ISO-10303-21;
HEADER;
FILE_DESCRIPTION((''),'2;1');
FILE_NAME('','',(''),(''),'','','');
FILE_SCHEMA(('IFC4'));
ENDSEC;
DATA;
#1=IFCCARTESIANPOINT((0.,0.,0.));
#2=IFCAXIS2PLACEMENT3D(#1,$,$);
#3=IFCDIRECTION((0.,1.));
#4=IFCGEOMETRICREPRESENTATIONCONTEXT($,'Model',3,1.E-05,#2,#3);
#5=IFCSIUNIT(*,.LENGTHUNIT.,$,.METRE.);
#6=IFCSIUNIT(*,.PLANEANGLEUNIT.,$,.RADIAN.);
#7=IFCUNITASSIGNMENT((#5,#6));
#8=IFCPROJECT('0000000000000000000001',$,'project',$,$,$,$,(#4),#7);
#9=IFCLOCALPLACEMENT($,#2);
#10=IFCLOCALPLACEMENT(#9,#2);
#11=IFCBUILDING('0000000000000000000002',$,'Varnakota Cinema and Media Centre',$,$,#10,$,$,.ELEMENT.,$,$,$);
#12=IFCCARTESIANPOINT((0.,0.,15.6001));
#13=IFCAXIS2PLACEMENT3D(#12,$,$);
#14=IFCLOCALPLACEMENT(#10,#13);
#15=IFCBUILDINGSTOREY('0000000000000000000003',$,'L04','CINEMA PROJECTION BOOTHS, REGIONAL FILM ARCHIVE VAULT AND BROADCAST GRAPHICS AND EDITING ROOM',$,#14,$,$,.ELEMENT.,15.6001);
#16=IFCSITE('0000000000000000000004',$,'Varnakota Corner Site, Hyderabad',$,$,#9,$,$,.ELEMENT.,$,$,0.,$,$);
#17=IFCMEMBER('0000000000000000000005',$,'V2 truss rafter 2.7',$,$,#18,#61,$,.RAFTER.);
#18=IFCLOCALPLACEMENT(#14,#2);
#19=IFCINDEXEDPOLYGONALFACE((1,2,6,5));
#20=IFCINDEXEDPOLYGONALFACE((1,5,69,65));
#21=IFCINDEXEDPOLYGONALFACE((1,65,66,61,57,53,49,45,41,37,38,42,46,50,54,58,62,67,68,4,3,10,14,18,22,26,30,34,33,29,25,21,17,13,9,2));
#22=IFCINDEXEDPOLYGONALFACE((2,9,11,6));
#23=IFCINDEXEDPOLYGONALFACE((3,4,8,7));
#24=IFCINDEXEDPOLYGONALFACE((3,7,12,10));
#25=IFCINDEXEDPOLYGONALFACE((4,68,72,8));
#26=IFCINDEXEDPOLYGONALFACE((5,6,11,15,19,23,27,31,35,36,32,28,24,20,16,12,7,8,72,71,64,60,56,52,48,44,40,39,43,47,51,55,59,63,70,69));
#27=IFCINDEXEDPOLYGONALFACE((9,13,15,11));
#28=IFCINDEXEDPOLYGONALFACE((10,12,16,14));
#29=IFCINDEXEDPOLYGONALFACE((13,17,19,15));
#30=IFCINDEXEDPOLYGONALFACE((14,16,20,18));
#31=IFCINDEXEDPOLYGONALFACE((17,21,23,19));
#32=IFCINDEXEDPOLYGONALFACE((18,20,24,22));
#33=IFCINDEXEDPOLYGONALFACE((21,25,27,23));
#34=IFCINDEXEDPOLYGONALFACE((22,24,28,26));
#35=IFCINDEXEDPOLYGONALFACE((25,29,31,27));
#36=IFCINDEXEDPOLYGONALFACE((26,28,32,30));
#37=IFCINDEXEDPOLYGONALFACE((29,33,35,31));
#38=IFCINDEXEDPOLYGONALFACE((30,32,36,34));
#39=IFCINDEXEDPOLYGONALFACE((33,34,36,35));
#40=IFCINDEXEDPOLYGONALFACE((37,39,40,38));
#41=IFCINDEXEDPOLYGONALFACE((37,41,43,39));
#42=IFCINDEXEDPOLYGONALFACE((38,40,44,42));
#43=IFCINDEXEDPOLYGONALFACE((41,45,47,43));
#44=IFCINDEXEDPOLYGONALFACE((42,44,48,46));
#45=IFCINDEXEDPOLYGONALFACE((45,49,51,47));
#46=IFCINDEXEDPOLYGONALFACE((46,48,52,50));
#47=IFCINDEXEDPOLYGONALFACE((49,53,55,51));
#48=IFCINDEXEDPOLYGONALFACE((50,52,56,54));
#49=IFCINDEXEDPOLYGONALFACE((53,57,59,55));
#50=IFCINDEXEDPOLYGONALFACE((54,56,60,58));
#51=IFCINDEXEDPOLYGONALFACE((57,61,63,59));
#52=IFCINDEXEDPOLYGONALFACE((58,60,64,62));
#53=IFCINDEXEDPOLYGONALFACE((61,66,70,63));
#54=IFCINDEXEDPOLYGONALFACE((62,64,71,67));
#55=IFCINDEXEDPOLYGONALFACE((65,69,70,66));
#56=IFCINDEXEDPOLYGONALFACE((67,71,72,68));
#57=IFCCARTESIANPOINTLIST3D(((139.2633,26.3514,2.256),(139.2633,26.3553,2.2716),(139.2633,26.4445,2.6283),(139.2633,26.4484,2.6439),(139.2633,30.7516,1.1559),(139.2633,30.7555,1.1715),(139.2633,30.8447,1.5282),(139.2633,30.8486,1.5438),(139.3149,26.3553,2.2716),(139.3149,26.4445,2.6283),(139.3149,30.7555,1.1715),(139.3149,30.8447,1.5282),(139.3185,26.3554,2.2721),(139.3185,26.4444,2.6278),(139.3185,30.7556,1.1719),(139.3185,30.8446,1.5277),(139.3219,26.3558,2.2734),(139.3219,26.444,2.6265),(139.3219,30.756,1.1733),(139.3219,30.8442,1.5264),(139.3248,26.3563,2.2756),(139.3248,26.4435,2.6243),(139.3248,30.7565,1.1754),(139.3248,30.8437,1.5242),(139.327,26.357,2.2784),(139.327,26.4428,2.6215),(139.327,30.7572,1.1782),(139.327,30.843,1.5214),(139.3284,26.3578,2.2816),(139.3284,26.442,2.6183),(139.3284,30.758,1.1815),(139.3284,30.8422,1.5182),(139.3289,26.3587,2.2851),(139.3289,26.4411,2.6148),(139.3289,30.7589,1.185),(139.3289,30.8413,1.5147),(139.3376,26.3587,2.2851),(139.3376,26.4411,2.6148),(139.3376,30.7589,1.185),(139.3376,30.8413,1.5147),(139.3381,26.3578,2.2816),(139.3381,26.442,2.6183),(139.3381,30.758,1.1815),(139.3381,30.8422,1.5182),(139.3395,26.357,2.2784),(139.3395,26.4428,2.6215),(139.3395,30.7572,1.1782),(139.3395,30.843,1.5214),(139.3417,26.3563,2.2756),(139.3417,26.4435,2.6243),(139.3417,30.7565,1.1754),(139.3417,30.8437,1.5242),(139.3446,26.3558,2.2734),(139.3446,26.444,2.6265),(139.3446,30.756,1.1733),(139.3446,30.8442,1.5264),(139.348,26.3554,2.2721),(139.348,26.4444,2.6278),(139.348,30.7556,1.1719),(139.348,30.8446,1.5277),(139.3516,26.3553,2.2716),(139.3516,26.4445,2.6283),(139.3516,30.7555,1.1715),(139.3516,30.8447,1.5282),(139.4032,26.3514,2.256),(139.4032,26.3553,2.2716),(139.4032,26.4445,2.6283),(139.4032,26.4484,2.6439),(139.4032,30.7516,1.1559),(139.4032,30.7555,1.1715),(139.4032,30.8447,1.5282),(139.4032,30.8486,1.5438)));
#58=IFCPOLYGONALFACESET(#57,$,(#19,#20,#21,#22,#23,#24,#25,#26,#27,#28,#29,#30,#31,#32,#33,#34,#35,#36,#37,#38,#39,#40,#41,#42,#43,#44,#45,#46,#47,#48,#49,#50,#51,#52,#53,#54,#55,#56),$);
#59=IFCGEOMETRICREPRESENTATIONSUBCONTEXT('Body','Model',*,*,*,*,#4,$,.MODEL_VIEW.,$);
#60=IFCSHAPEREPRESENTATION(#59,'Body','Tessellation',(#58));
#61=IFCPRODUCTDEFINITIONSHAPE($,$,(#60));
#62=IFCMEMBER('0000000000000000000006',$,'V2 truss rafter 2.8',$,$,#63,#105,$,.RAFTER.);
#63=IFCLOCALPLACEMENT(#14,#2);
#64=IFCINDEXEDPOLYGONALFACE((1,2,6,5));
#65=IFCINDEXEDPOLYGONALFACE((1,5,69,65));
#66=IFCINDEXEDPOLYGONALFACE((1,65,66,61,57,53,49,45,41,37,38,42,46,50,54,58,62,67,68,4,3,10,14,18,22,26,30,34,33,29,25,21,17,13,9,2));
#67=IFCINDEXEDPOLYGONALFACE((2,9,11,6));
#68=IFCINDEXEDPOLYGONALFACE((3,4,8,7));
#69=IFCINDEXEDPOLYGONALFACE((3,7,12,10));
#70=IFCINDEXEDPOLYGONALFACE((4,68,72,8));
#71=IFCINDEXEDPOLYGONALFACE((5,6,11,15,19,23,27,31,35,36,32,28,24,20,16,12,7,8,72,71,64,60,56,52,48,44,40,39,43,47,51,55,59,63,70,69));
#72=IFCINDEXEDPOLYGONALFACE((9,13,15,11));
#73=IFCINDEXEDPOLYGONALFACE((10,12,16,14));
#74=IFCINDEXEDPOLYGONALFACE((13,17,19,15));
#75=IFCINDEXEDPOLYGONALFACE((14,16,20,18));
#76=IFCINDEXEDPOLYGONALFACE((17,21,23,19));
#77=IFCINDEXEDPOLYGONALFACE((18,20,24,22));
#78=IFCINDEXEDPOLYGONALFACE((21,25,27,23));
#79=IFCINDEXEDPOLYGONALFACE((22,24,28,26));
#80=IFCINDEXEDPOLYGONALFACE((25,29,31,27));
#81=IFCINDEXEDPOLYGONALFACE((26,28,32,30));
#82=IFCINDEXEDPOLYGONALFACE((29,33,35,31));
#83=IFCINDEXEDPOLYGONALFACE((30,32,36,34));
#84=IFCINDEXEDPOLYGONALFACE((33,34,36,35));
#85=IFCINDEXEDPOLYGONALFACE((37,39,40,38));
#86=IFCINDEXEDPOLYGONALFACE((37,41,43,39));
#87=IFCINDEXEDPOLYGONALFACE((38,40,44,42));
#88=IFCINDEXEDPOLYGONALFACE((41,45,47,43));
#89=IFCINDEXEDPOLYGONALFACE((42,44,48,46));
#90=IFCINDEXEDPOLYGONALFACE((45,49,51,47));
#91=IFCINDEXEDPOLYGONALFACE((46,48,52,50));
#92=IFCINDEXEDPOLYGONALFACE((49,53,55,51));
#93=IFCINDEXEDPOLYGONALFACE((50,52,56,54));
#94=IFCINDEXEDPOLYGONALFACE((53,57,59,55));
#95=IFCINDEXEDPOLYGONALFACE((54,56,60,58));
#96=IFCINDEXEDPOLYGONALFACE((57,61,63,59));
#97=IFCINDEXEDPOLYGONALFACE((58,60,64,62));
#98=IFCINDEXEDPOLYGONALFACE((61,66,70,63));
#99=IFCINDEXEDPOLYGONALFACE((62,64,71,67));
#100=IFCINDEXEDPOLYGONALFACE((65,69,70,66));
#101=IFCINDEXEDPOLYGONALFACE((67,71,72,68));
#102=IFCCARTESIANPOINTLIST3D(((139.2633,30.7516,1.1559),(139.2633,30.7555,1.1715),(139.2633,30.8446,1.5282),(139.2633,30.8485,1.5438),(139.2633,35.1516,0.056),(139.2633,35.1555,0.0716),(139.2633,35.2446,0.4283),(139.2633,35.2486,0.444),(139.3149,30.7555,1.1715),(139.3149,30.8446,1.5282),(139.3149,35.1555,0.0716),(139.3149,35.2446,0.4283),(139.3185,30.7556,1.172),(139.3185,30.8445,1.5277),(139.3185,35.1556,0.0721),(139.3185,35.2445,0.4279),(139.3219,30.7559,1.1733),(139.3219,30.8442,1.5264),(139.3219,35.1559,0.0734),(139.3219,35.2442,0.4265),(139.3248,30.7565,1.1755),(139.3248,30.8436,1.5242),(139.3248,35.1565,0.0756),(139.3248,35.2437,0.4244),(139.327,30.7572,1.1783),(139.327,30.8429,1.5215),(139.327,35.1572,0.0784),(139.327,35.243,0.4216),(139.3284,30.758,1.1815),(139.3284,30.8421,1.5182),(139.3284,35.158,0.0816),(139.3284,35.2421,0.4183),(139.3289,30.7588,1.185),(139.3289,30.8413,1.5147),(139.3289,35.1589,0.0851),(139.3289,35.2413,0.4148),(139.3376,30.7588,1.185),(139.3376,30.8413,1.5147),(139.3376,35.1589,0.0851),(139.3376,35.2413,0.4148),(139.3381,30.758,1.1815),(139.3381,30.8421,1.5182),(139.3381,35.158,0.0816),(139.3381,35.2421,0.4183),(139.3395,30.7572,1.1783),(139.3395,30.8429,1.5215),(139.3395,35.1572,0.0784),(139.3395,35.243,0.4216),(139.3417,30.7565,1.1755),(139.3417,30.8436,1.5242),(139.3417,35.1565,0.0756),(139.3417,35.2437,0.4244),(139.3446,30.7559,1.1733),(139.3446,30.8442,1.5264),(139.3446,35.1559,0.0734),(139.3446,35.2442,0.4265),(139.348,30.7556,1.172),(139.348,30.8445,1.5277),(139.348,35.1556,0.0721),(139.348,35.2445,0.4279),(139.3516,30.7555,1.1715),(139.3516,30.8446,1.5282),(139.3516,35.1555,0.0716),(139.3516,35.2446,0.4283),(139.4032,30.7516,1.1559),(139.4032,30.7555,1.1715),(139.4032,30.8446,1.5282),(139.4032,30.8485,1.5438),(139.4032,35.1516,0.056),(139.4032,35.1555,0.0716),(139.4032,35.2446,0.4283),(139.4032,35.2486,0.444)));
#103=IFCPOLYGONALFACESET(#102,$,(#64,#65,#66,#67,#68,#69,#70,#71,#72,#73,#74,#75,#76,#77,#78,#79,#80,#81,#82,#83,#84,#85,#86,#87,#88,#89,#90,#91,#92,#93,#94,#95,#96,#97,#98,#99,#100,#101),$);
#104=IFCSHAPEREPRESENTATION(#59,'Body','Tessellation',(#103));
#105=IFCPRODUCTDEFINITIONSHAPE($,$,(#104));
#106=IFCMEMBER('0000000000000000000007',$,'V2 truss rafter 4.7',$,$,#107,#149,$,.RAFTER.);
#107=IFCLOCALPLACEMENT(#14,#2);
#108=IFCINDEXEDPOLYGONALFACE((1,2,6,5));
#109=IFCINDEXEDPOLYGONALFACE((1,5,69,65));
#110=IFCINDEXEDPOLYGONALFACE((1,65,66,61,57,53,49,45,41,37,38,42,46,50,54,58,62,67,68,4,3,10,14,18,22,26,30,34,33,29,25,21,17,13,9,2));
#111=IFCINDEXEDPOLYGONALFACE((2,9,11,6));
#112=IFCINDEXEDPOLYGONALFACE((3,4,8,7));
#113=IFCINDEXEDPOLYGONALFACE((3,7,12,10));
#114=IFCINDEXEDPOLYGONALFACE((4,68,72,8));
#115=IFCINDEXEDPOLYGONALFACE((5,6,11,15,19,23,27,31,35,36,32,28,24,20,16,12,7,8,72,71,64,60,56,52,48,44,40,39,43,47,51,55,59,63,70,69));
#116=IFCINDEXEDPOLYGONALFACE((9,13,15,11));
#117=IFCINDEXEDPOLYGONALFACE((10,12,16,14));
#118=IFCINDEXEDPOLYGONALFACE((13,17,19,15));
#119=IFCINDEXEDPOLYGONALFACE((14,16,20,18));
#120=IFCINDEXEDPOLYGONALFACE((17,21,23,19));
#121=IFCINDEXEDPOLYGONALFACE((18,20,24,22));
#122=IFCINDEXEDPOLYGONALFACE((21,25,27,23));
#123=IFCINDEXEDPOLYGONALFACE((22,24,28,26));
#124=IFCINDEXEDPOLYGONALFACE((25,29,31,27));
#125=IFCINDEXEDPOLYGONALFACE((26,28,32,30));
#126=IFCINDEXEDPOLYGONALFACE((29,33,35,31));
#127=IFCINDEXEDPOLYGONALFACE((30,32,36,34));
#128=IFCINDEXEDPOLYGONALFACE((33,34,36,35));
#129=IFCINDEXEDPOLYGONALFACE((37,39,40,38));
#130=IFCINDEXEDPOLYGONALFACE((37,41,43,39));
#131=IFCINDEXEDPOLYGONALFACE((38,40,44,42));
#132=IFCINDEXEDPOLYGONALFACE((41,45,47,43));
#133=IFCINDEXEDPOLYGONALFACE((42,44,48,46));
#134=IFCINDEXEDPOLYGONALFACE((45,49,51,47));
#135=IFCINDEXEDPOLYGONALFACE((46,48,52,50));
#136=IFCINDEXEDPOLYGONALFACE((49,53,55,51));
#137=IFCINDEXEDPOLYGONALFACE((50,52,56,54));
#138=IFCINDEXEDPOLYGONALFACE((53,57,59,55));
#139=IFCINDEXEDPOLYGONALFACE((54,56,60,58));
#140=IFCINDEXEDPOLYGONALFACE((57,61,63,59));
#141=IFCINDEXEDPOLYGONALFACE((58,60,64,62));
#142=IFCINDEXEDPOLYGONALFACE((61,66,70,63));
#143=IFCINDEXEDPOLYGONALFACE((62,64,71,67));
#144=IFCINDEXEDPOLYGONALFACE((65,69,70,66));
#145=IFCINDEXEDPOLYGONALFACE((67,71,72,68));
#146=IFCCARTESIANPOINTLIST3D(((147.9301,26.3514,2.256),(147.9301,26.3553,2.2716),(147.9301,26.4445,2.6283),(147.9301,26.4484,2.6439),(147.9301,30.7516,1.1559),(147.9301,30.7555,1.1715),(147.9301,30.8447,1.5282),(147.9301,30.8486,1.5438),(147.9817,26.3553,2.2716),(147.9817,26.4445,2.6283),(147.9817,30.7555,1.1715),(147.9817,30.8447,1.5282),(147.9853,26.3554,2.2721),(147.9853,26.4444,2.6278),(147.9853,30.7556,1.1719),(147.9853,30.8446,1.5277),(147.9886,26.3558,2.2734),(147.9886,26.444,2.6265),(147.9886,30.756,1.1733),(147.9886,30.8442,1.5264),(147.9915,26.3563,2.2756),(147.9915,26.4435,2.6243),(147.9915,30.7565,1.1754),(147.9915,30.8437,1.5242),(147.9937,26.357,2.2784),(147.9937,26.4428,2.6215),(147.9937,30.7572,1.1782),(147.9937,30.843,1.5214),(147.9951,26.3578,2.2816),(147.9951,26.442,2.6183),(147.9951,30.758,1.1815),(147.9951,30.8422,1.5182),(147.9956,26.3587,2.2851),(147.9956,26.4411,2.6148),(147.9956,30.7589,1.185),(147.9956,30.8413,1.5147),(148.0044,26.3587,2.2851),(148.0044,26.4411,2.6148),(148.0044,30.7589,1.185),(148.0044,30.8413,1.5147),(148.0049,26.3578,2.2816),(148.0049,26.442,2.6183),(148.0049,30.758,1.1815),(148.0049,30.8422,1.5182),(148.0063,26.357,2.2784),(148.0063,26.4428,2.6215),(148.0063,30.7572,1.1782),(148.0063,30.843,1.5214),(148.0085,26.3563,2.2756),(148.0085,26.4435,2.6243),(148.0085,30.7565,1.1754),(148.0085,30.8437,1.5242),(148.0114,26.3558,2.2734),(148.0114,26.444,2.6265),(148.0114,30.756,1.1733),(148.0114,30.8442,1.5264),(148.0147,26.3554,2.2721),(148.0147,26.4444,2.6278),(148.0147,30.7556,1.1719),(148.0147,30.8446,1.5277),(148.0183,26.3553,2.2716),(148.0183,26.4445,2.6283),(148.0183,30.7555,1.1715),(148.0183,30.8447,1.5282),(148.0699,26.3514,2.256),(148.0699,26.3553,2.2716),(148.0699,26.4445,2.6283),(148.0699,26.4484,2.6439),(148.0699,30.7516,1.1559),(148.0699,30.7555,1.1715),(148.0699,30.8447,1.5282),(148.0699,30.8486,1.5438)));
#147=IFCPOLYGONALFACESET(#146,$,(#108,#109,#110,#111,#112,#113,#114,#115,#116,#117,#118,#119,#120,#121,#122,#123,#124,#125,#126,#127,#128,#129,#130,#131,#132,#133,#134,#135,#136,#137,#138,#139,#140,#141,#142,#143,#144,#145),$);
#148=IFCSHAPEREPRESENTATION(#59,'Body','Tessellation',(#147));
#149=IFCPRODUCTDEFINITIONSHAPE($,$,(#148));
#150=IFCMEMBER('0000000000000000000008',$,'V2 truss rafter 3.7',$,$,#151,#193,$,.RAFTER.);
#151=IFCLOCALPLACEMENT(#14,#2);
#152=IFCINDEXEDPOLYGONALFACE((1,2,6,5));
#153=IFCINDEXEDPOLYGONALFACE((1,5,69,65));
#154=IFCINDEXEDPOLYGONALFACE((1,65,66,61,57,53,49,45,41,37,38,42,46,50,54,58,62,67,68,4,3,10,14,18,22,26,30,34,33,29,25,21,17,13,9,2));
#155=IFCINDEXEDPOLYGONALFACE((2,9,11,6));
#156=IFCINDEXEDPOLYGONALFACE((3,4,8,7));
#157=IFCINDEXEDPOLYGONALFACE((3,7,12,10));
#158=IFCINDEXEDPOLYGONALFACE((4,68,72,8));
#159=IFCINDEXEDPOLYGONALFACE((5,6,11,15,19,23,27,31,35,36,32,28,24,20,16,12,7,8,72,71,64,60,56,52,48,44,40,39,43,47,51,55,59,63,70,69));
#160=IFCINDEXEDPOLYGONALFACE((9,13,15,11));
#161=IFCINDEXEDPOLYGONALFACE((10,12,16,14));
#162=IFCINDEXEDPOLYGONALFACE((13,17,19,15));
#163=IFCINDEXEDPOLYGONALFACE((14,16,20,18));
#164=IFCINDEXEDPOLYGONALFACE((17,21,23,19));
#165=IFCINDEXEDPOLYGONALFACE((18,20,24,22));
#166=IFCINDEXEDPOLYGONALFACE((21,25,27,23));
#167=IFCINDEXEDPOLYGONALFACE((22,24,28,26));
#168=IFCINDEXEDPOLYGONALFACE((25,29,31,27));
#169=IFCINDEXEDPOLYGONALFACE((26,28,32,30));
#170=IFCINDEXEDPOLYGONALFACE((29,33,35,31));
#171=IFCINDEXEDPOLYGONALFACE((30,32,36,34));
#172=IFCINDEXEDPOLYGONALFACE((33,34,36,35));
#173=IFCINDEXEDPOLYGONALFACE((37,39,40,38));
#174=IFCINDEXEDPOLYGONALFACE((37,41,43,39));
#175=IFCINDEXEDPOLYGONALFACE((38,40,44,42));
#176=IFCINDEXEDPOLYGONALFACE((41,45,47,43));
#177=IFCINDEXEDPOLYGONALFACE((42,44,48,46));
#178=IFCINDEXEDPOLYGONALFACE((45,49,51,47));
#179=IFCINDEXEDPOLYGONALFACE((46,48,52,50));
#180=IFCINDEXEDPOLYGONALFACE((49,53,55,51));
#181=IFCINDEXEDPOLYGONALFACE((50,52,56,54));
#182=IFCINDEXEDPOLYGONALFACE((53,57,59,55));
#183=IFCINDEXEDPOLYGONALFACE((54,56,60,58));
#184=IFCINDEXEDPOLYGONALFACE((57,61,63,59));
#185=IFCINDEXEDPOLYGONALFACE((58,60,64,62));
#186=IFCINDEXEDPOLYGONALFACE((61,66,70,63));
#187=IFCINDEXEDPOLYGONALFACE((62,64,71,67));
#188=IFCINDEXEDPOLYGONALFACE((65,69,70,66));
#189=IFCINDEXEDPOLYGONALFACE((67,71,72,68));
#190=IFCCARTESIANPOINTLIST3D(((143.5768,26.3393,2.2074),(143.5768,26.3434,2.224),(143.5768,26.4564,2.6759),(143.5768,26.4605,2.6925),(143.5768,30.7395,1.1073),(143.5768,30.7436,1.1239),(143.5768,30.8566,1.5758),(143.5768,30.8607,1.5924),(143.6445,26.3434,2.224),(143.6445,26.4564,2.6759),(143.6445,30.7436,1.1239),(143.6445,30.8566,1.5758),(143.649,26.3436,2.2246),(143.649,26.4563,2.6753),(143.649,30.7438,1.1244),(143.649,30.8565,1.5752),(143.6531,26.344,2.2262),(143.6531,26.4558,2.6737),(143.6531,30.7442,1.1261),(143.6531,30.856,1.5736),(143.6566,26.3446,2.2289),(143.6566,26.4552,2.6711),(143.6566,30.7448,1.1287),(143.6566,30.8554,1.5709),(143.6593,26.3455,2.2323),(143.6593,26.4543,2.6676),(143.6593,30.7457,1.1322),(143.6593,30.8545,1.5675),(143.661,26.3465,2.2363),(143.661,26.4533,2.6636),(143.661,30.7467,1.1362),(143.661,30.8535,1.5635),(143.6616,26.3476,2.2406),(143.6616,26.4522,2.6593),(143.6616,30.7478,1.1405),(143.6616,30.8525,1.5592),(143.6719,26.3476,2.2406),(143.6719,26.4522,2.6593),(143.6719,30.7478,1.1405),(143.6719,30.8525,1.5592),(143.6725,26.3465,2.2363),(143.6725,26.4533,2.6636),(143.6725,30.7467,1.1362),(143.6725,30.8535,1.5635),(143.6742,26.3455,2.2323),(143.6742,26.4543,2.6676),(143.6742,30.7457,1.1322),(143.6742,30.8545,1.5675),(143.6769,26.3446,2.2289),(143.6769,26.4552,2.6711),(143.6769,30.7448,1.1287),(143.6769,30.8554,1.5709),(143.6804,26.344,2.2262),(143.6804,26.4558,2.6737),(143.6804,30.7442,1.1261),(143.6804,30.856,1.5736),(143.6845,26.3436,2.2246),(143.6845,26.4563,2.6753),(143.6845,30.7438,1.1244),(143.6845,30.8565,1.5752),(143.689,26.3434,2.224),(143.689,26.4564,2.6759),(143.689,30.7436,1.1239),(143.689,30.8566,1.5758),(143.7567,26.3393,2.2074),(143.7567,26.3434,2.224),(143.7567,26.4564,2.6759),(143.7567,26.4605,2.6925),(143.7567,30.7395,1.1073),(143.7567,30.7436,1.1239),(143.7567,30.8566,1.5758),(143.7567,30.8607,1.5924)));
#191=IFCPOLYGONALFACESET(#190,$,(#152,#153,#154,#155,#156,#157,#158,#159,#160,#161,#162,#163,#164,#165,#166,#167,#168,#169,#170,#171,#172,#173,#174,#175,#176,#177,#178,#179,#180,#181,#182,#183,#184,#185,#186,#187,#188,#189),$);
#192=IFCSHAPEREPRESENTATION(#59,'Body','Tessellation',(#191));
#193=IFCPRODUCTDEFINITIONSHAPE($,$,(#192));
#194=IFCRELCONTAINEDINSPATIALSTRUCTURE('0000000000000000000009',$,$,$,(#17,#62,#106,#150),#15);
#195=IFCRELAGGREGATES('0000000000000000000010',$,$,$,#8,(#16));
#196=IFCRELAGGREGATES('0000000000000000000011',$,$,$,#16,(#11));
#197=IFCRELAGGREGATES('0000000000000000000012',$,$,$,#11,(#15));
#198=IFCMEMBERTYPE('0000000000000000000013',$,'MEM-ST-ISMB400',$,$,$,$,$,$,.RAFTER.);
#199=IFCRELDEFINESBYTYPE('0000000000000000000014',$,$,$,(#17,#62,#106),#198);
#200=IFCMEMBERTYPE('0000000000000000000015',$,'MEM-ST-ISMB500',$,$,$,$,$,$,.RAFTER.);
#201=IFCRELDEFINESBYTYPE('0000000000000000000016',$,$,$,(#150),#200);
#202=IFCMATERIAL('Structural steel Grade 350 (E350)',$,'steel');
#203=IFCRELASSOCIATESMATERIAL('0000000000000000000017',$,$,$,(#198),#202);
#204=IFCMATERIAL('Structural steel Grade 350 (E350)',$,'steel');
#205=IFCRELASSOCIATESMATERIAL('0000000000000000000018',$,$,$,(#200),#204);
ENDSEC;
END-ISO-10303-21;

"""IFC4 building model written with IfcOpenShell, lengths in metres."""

from ifc_helpers import new_model, si_unit, direction, frame, origin, origin_2d, place, context, subcontext, project, spatial, i_section, extrude, material, material_profile, profile_set, type_object, element, save


model = new_model("IFC4")

# Units and contexts
model_context = context("Model", 3, precision=1e-05, world=origin(), true_north=direction((0.0, 1.0)))
body_context = subcontext(model_context, "Body", "Model", "MODEL_VIEW")
ifc_project = project(units=[si_unit("LENGTHUNIT", "METRE"), si_unit("PLANEANGLEUNIT", "RADIAN")], contexts=[model_context])

# Site, building, storey
site_placement = place(None, origin())
site = spatial("IfcSite", under=ifc_project, at=site_placement, Name="Varnakota Corner Site, Hyderabad", CompositionType="ELEMENT", RefElevation=0.0)
building_placement = place(site_placement, origin())
building = spatial("IfcBuilding", under=site, at=building_placement, Name="Varnakota Cinema and Media Centre", CompositionType="ELEMENT")
storey_placement = place(building_placement, frame((0.0, 0.0, 15.6001)))
storey = spatial("IfcBuildingStorey", under=building, at=storey_placement, Name="L04", Description="CINEMA PROJECTION BOOTHS, REGIONAL FILM ARCHIVE VAULT AND BROADCAST GRAPHICS AND EDITING ROOM", CompositionType="ELEMENT", Elevation=15.6001)

# Members
ifc_material_1 = material(Name="Structural steel Grade 350 (E350)", Category="steel")
ifc_material_profile_1 = material_profile(ifc_material_1, i_section(OverallWidth=0.1399, OverallDepth=0.3999, WebThickness=0.0088, FlangeThickness=0.0161, FilletRadius=0.0139, at=origin_2d()), Name="ISMB 400")
ifc_profile_set_1 = profile_set([ifc_material_profile_1], Name="Structural steel Grade 350 (E350)")
member_type_1 = type_object("IfcMemberType", Name="MEM-ST-ISMB400", PredefinedType="RAFTER", material=ifc_profile_set_1)
member_1_placement = place(storey_placement, frame((139.3333, 26.3999, 2.45), z_axis=(0.0, 0.970139, -0.242548), x_axis=(-1.0, 0.0, 0.0)))
element("IfcMember", 1, at=member_1_placement, inside=storey, type_object=member_type_1, Name="V2 truss rafter 2.7", PredefinedType="RAFTER", context=body_context, shape_type="SweptSolid", body=[
    extrude(i_section(OverallWidth=0.1399, OverallDepth=0.3999, WebThickness=0.0088, FlangeThickness=0.0161, FilletRadius=0.0139, at=origin_2d()), origin(), (0.0, 0.0, 1.0), 4.5356),
])
member_2_placement = place(storey_placement, frame((139.3333, 30.8, 1.3499), z_axis=(0.0, 0.970149, -0.24251), x_axis=(-1.0, 0.0, 0.0)))
element("IfcMember", 2, at=member_2_placement, inside=storey, type_object=member_type_1, Name="V2 truss rafter 2.8", PredefinedType="RAFTER", context=body_context, shape_type="SweptSolid", body=[
    extrude(i_section(OverallWidth=0.1399, OverallDepth=0.3999, WebThickness=0.0088, FlangeThickness=0.0161, FilletRadius=0.0139, at=origin_2d()), origin(), (0.0, 0.0, 1.0), 4.5354),
])
member_3_placement = place(storey_placement, frame((148.0, 26.3999, 2.45), z_axis=(0.0, 0.970139, -0.242548), x_axis=(-1.0, 0.0, 0.0)))
element("IfcMember", 3, at=member_3_placement, inside=storey, type_object=member_type_1, Name="V2 truss rafter 4.7", PredefinedType="RAFTER", context=body_context, shape_type="SweptSolid", body=[
    extrude(i_section(OverallWidth=0.1399, OverallDepth=0.3999, WebThickness=0.0088, FlangeThickness=0.0161, FilletRadius=0.0139, at=origin_2d()), origin(), (0.0, 0.0, 1.0), 4.5356),
])
ifc_material_2 = material(Name="Structural steel Grade 350 (E350)", Category="steel")
ifc_material_profile_2 = material_profile(ifc_material_2, i_section(OverallWidth=0.1799, OverallDepth=0.5, WebThickness=0.0103, FlangeThickness=0.0171, FilletRadius=0.0171, at=origin_2d()), Name="ISMB 500")
ifc_profile_set_2 = profile_set([ifc_material_profile_2], Name="Structural steel Grade 350 (E350)")
member_type_2 = type_object("IfcMemberType", Name="MEM-ST-ISMB500", PredefinedType="RAFTER", material=ifc_profile_set_2)
member_4_placement = place(storey_placement, frame((143.6667, 26.3999, 2.45), z_axis=(0.0, 0.970139, -0.242548), x_axis=(-1.0, 0.0, 0.0)))
element("IfcMember", 4, at=member_4_placement, inside=storey, type_object=member_type_2, Name="V2 truss rafter 3.7", PredefinedType="RAFTER", context=body_context, shape_type="SweptSolid", body=[
    extrude(i_section(OverallWidth=0.1799, OverallDepth=0.5, WebThickness=0.0103, FlangeThickness=0.0171, FilletRadius=0.0171, at=origin_2d()), origin(), (0.0, 0.0, 1.0), 4.5356),
])

save(model, "model.ifc")
